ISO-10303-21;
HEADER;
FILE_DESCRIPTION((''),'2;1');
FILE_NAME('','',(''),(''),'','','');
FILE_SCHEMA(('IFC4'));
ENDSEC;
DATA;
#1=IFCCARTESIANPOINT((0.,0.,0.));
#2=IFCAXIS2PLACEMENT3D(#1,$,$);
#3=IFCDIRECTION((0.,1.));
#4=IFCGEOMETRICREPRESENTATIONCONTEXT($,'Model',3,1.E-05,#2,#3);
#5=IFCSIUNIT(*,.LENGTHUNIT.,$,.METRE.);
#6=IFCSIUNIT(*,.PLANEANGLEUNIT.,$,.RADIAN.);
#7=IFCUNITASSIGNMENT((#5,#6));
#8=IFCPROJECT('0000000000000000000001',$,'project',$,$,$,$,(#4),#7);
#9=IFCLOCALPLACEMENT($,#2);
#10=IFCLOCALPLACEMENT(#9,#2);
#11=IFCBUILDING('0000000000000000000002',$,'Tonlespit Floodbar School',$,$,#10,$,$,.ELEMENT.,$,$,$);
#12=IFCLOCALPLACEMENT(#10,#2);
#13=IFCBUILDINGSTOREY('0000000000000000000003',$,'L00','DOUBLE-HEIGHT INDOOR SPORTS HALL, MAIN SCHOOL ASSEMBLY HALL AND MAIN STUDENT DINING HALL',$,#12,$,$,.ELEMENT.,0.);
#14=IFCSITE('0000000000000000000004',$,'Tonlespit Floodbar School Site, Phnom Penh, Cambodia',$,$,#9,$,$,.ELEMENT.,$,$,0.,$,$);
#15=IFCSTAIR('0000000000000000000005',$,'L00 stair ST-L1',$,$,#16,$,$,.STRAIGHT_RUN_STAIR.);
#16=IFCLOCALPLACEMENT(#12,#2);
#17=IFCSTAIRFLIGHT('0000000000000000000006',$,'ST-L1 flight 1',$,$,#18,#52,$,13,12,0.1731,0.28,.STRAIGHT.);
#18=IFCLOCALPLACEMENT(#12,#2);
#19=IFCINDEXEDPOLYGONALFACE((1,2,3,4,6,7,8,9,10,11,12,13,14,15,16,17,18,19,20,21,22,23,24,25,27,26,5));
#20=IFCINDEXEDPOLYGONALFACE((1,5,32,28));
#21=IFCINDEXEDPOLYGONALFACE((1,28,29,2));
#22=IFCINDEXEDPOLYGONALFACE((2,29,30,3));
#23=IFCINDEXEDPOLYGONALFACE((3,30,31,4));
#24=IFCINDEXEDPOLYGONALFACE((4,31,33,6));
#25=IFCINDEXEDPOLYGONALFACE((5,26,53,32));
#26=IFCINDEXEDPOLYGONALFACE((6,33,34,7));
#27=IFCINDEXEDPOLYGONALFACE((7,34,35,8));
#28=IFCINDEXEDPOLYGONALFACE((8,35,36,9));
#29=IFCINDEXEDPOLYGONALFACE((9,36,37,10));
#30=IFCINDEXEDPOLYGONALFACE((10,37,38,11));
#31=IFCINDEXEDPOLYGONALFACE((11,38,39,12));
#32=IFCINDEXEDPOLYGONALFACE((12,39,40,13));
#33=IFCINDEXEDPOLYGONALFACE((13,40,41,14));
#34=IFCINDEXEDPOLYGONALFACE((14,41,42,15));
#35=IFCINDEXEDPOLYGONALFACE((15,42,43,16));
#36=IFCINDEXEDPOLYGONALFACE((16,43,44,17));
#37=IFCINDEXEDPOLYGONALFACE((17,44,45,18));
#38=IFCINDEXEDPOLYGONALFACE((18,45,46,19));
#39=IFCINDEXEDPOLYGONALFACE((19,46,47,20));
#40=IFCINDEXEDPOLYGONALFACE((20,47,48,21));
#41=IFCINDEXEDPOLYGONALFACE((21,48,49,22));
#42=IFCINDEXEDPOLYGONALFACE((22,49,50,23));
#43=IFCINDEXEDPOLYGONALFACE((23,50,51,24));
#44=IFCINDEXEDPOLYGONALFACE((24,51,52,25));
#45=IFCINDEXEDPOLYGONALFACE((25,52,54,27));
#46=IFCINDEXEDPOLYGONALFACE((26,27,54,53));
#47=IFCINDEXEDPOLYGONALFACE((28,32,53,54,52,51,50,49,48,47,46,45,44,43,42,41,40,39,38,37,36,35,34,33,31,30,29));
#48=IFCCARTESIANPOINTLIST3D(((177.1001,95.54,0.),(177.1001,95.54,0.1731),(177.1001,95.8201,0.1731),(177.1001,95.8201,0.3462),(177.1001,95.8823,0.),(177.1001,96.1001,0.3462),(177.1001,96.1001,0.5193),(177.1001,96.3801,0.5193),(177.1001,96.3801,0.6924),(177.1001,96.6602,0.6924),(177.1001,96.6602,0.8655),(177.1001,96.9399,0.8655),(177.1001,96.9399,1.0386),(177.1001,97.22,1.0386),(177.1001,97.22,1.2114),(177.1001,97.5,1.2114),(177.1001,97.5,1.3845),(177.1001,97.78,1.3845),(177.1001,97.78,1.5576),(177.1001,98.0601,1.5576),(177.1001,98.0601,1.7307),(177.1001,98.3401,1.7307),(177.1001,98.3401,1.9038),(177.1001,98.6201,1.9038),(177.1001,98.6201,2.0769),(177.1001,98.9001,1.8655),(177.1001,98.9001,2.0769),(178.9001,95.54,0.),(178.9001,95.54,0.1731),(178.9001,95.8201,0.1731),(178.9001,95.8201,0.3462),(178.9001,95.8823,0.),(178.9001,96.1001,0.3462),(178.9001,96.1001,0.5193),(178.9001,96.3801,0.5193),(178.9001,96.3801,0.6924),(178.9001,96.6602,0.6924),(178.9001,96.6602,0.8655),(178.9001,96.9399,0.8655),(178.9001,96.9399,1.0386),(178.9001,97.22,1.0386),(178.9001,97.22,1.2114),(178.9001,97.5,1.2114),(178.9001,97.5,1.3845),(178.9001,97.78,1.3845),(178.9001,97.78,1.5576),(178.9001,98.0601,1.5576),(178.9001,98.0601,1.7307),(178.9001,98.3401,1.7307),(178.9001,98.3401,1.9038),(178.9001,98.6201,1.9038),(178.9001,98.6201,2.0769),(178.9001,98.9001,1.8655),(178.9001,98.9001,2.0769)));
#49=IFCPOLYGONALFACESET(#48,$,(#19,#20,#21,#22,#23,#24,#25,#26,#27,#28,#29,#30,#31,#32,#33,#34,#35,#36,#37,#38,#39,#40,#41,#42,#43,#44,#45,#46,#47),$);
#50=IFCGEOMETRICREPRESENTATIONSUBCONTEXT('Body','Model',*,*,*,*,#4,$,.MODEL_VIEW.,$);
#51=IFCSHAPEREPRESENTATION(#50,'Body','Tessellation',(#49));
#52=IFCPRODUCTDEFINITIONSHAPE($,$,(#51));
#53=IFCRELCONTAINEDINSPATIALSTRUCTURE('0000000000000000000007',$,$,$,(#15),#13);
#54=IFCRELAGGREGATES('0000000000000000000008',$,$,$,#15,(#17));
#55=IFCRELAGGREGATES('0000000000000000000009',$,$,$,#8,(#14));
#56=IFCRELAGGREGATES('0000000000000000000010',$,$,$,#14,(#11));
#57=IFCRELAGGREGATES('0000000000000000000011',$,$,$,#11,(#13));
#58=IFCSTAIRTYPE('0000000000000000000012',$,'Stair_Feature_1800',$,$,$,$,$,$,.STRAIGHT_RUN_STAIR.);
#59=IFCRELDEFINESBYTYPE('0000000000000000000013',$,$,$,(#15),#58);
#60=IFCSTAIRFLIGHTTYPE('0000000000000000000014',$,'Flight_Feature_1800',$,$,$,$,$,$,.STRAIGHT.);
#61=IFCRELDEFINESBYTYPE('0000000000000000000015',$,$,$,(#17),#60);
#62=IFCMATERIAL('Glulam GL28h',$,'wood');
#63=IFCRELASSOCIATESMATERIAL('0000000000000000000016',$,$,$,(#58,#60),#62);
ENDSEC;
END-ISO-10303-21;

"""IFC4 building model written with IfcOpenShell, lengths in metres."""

from ifc_helpers import new_model, si_unit, direction, frame, origin, place, context, subcontext, project, spatial, polyline, outline, extrude, material, type_object, element, aggregate, save


model = new_model("IFC4")

# Units and contexts
model_context = context("Model", 3, precision=1e-05, world=origin(), true_north=direction((0.0, 1.0)))
body_context = subcontext(model_context, "Body", "Model", "MODEL_VIEW")
ifc_project = project(units=[si_unit("LENGTHUNIT", "METRE"), si_unit("PLANEANGLEUNIT", "RADIAN")], contexts=[model_context])

# Site, building, storey
site_placement = place(None, origin())
site = spatial("IfcSite", under=ifc_project, at=site_placement, Name="Tonlespit Floodbar School Site, Phnom Penh, Cambodia", CompositionType="ELEMENT", RefElevation=0.0)
building_placement = place(site_placement, origin())
building = spatial("IfcBuilding", under=site, at=building_placement, Name="Tonlespit Floodbar School", CompositionType="ELEMENT")
storey_placement = place(building_placement, origin())
storey = spatial("IfcBuildingStorey", under=building, at=storey_placement, Name="L00", Description="DOUBLE-HEIGHT INDOOR SPORTS HALL, MAIN SCHOOL ASSEMBLY HALL AND MAIN STUDENT DINING HALL", CompositionType="ELEMENT", Elevation=0.0)

# Shared definitions
ifc_material_1 = material(Name="Glulam GL28h", Category="wood")

# Stair, stair flight
stair_type = type_object("IfcStairType", Name="Stair_Feature_1800", PredefinedType="STRAIGHT_RUN_STAIR", material=ifc_material_1)
stair_placement = place(storey_placement, origin())
stair = element("IfcStair", 1, at=stair_placement, inside=storey, type_object=stair_type, Name="L00 stair ST-L1", PredefinedType="STRAIGHT_RUN_STAIR")
stair_flight_type = type_object("IfcStairFlightType", Name="Flight_Feature_1800", PredefinedType="STRAIGHT", material=ifc_material_1)
stair_flight_placement = place(storey_placement, frame((178.0, 95.54, 0.0), z_axis=(0.0, 0.0, 1.0), x_axis=(0.0, 1.0, 0.0)))
stair_flight = element("IfcStairFlight", 2, at=stair_flight_placement, type_object=stair_flight_type, Name="ST-L1 flight 1", NumberOfRisers=13, NumberOfTreads=12, PredefinedType="STRAIGHT", RiserHeight=0.1731, TreadLength=0.28, context=body_context, shape_type="SweptSolid", body=[
    extrude(outline(polyline([(0.0, 0.0), (0.0, 0.1731), (0.28, 0.1731), (0.28, 0.3462), (0.5601, 0.3462), (0.5601, 0.5193), (0.8401, 0.5193), (0.8401, 0.6924), (1.1201, 0.6924), (1.1201, 0.8655), (1.3999, 0.8655), (1.3999, 1.0386), (1.6799, 1.0386), (1.6799, 1.2114), (1.96, 1.2114), (1.96, 1.3845), (2.24, 1.3845), (2.24, 1.5576), (2.52, 1.5576), (2.52, 1.7307), (2.8, 1.7307), (2.8, 1.9038), (3.0801, 1.9038), (3.0801, 2.0769), (3.3601, 2.0769), (3.3601, 2.25), (3.3601, 1.8655), (0.3423, 0.0), (0.0, 0.0)])), frame((0.0, 0.8999, 0.0), z_axis=(0.0, -1.0, 0.0), x_axis=(1.0, 0.0, 0.0)), (0.0, 0.0, 1.0), 1.8),
])
aggregate(stair, [stair_flight])

save(model, "model.ifc")
